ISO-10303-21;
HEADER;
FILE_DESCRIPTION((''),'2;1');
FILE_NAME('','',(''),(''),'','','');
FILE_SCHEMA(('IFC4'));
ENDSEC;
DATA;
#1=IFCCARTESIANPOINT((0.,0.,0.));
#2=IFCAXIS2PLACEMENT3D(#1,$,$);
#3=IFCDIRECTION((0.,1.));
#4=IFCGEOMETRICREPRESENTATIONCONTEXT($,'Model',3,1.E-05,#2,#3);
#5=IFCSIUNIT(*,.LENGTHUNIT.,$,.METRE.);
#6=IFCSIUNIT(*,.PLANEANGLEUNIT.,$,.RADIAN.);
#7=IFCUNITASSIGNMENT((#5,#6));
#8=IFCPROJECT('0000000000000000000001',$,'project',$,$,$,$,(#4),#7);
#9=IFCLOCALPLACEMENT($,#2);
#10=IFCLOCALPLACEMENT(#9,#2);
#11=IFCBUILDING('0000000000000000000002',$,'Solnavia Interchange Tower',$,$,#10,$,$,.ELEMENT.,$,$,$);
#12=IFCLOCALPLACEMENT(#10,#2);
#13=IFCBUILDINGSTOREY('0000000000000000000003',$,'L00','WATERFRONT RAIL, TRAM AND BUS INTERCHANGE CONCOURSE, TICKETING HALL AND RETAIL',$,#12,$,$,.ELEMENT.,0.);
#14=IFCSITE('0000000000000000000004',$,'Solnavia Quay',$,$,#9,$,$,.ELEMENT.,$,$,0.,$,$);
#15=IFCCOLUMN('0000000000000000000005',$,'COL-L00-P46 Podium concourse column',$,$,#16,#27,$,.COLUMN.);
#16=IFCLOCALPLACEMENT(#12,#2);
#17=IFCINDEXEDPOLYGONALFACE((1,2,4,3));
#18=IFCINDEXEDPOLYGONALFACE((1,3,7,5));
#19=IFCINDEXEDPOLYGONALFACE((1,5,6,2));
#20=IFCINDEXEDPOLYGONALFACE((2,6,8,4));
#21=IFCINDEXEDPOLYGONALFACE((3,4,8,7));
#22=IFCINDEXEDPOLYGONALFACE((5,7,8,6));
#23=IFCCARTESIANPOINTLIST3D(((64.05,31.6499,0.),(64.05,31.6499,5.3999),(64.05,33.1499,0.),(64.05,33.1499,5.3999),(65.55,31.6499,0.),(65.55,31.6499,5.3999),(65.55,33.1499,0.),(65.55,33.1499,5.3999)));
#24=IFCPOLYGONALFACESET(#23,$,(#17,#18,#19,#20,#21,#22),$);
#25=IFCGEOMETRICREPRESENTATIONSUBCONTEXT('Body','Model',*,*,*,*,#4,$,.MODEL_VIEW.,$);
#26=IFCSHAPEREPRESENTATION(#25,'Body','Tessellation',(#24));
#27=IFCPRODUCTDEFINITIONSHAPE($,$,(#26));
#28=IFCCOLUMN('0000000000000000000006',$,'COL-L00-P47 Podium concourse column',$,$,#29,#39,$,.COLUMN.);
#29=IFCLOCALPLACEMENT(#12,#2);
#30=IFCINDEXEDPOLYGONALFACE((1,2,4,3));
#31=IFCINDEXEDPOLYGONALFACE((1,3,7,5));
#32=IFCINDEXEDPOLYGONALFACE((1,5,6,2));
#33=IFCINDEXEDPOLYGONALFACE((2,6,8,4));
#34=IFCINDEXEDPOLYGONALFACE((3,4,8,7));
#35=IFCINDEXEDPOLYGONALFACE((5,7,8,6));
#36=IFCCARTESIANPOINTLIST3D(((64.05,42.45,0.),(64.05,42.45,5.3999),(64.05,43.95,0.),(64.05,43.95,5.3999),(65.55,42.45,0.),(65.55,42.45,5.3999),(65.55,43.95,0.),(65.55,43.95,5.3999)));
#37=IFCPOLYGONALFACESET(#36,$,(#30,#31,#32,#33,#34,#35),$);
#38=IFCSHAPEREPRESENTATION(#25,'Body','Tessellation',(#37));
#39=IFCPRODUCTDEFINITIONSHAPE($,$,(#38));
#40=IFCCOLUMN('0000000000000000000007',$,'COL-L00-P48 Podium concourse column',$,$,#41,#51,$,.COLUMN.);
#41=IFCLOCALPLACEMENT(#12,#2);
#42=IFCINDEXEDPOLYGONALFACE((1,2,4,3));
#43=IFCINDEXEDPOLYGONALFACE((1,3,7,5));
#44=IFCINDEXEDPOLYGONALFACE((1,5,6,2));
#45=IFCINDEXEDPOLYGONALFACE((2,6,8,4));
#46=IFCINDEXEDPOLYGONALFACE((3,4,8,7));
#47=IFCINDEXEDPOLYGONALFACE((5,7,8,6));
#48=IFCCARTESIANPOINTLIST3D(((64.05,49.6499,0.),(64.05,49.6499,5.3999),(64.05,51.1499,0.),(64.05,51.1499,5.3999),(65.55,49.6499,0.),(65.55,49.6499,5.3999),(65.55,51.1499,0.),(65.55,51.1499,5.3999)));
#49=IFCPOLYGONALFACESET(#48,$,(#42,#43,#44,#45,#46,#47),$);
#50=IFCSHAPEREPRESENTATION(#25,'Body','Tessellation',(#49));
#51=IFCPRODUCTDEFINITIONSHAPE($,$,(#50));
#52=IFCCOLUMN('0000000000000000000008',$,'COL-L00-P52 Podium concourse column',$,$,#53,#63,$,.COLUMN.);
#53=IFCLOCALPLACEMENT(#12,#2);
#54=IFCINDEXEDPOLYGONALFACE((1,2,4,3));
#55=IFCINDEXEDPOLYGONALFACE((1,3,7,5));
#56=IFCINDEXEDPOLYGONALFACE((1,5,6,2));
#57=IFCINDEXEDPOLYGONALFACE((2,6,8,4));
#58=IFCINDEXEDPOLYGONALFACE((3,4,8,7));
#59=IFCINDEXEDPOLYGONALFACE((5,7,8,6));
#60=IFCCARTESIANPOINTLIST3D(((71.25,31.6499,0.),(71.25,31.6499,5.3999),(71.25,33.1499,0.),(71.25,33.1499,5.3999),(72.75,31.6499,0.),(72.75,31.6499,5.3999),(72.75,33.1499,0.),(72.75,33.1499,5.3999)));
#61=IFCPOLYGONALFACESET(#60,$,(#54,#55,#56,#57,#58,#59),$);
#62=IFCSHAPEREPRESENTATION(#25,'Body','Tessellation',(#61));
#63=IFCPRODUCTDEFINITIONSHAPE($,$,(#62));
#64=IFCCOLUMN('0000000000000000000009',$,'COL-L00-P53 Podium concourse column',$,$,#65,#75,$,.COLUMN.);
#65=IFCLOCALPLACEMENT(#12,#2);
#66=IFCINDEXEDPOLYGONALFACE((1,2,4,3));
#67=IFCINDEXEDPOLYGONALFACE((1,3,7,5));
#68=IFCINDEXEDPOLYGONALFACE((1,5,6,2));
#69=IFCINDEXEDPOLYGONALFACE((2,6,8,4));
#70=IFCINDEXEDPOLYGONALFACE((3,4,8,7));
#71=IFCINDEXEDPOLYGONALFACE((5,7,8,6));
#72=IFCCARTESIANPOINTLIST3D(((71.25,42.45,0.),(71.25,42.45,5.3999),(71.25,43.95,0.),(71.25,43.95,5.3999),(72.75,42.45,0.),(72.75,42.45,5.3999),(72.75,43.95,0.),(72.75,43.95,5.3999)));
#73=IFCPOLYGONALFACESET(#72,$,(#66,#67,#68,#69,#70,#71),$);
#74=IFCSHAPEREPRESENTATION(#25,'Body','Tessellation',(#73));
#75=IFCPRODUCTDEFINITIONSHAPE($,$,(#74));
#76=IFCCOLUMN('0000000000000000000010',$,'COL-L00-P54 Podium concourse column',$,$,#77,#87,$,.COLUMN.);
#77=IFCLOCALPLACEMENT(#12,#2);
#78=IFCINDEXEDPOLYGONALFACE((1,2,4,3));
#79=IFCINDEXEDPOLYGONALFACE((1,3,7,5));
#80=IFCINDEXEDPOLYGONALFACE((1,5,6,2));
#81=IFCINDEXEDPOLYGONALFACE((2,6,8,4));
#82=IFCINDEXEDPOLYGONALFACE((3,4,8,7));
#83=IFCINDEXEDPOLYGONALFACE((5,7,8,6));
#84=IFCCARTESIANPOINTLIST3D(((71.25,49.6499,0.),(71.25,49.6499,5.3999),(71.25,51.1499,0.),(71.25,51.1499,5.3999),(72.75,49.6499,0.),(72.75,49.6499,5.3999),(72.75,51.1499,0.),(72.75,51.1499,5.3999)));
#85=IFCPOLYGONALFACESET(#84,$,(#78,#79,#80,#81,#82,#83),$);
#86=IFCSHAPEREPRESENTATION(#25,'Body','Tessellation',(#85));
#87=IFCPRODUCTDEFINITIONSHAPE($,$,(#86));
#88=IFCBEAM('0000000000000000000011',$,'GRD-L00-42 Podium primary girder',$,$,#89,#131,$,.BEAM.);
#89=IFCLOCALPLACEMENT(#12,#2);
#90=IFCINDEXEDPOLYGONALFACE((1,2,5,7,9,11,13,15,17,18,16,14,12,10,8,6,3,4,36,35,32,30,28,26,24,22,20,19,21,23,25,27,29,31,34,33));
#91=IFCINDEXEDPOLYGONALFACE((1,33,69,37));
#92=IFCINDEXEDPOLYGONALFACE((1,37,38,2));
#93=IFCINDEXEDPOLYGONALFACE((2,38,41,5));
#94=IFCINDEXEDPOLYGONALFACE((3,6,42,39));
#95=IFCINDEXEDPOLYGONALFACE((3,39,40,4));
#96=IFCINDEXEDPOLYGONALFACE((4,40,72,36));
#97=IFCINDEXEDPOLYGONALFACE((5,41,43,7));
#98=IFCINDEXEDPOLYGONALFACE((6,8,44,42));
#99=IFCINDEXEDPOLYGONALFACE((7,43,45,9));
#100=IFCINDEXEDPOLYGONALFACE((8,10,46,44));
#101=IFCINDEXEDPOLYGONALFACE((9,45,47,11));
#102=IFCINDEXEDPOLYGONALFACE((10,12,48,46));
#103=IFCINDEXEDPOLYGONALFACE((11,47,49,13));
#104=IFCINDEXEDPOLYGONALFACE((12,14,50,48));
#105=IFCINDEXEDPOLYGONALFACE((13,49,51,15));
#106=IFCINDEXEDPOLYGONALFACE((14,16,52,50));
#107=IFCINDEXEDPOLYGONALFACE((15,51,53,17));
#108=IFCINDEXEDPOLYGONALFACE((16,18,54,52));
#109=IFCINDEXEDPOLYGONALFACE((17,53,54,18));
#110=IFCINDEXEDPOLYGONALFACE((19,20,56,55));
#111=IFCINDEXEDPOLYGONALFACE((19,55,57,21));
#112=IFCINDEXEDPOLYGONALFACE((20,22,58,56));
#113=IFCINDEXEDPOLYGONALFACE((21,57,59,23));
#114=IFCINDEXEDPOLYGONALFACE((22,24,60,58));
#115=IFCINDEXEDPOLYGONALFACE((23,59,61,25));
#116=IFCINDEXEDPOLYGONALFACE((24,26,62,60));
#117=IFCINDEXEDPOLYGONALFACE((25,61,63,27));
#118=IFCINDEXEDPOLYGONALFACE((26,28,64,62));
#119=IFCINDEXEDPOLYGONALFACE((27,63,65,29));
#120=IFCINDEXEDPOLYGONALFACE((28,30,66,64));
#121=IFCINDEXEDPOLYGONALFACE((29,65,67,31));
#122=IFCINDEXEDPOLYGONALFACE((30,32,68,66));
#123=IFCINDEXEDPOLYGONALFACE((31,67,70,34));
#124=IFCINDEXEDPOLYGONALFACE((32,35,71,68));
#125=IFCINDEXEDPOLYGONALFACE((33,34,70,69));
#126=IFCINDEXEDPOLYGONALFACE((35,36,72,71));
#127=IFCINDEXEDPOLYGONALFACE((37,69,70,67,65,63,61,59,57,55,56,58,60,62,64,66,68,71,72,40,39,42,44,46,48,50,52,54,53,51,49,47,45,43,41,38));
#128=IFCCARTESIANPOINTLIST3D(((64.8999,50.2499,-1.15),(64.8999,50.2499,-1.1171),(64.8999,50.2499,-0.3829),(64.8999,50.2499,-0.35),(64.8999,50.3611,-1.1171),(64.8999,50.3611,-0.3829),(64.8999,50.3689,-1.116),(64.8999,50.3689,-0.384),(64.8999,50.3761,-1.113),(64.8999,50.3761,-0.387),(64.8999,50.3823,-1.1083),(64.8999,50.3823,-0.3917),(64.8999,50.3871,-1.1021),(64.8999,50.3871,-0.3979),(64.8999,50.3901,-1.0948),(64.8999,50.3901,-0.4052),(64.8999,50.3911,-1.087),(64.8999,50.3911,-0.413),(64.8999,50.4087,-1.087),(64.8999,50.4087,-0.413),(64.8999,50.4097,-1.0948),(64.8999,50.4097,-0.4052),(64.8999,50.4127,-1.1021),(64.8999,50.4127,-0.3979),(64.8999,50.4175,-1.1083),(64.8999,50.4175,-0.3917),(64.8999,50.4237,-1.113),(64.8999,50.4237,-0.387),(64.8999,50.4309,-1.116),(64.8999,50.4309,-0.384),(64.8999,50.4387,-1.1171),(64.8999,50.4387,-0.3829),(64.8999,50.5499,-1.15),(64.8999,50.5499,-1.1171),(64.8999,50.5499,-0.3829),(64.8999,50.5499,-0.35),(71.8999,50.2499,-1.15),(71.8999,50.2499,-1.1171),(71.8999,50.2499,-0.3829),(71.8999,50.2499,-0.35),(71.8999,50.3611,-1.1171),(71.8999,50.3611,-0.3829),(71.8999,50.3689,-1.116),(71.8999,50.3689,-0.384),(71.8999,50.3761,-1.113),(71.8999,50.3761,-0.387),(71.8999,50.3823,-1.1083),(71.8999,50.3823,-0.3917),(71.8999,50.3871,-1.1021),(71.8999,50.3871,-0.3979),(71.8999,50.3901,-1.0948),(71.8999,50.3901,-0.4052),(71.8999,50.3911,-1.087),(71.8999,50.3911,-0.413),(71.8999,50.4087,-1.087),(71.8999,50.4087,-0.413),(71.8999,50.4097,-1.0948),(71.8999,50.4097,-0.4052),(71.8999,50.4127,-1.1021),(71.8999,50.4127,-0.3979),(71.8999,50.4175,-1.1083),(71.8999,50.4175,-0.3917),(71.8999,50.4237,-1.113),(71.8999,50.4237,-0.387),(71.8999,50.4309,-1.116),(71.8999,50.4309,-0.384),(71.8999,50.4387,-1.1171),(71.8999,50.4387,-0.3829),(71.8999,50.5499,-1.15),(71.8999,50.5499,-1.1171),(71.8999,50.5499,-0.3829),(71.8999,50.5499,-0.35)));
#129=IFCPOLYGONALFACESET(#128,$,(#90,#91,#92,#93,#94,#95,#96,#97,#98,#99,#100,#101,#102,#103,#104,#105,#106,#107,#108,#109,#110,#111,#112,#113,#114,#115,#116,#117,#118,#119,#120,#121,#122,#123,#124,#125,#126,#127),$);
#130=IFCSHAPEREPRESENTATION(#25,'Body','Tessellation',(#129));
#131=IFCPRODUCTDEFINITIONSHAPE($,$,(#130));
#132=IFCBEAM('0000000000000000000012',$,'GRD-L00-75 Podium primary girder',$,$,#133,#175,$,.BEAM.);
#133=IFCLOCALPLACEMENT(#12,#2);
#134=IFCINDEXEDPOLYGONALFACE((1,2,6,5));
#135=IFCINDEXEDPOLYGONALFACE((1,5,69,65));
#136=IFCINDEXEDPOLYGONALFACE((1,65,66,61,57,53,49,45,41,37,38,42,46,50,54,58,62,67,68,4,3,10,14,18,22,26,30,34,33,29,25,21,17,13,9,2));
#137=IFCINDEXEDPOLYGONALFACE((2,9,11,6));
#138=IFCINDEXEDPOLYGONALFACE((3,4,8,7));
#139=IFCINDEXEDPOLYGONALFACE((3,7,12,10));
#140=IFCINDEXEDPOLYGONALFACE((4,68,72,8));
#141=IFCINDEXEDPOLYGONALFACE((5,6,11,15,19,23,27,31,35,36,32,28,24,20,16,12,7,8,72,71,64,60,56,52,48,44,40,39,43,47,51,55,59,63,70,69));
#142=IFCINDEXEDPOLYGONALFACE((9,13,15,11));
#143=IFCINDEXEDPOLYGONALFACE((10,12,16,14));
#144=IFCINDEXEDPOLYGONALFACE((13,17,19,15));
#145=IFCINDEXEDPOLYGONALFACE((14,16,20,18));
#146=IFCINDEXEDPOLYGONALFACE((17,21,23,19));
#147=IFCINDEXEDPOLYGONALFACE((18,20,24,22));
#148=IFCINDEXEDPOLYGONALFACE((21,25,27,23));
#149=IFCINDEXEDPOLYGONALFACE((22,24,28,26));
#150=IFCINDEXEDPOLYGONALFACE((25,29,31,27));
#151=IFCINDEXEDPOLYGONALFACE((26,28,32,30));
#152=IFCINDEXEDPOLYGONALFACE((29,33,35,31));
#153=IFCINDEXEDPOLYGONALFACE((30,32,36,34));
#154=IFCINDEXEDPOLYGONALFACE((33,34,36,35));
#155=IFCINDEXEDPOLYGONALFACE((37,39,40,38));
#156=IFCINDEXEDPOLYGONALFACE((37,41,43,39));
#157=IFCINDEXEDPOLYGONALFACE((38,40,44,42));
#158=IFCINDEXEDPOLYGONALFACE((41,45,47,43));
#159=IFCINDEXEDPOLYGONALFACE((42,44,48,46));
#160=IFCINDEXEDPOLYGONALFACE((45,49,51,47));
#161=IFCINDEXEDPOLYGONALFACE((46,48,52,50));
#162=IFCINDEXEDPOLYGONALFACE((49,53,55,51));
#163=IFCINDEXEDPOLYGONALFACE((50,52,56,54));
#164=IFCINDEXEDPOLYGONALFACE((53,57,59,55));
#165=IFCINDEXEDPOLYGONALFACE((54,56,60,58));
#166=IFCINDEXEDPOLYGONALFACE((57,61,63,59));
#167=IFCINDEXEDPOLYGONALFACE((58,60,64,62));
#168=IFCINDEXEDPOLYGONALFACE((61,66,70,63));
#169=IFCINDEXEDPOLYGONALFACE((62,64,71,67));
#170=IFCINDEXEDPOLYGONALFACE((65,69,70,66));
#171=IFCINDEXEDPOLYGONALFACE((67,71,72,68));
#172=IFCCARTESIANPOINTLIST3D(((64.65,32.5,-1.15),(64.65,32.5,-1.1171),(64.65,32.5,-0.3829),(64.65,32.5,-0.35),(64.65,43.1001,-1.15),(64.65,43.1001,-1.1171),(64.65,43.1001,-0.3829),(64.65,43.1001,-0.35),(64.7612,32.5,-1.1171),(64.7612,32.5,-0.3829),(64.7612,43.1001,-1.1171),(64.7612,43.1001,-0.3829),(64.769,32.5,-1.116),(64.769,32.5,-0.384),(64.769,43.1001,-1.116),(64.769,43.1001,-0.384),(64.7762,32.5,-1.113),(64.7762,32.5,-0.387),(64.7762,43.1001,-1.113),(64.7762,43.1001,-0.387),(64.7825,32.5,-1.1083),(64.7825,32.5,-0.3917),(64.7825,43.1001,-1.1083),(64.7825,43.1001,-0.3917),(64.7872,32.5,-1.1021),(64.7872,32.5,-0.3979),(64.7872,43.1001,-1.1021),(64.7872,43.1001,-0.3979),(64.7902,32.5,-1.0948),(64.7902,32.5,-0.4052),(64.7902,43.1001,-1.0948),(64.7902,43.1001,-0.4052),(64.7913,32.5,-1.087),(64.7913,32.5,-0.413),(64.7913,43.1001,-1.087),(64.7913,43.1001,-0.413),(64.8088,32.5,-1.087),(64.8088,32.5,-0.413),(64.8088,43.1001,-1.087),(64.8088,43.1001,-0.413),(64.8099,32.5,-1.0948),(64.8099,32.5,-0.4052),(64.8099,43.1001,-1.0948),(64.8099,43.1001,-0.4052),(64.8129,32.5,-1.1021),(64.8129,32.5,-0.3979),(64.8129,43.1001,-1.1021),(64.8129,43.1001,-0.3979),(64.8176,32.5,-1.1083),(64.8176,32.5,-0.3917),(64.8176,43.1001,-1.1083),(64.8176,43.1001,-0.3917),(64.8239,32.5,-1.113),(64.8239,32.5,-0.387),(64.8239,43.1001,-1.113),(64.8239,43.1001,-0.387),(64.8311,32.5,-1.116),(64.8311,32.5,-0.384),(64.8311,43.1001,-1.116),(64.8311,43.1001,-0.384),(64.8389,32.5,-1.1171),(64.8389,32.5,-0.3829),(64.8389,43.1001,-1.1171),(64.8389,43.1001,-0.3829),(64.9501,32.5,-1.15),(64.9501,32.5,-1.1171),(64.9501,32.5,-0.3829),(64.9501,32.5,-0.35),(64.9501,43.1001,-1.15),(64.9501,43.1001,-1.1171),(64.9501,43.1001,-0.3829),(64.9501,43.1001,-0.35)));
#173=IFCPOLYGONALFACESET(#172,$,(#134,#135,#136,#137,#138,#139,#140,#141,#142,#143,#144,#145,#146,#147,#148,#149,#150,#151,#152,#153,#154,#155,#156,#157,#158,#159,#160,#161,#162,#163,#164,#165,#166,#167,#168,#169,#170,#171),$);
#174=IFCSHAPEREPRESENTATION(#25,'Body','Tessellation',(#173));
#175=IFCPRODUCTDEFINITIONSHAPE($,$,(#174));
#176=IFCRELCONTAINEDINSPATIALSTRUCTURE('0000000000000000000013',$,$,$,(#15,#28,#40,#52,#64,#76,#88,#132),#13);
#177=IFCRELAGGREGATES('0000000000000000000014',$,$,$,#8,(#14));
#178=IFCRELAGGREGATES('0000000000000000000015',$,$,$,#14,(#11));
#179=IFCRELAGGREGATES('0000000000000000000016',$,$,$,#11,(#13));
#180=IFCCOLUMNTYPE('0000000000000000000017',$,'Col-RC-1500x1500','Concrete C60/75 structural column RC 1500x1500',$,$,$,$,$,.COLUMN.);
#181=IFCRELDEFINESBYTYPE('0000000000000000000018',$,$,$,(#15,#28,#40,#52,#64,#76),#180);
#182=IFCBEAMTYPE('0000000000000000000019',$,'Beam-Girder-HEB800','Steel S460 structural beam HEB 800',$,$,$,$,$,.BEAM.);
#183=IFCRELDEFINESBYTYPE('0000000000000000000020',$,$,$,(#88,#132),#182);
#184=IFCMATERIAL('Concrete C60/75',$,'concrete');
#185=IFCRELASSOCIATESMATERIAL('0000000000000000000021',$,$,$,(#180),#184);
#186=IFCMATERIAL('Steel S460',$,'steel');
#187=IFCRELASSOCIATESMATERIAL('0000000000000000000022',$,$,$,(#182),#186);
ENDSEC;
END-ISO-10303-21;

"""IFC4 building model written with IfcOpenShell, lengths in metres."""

from ifc_helpers import new_model, si_unit, direction, frame, origin, origin_2d, place, context, subcontext, project, spatial, rectangle, i_section, extrude, material, material_profile, profile_set, type_object, element, save


model = new_model("IFC4")

# Units and contexts
model_context = context("Model", 3, precision=1e-05, world=origin(), true_north=direction((0.0, 1.0)))
body_context = subcontext(model_context, "Body", "Model", "MODEL_VIEW")
ifc_project = project(units=[si_unit("LENGTHUNIT", "METRE"), si_unit("PLANEANGLEUNIT", "RADIAN")], contexts=[model_context])

# Site, building, storey
site_placement = place(None, origin())
site = spatial("IfcSite", under=ifc_project, at=site_placement, Name="Solnavia Quay", CompositionType="ELEMENT", RefElevation=0.0)
building_placement = place(site_placement, origin())
building = spatial("IfcBuilding", under=site, at=building_placement, Name="Solnavia Interchange Tower", CompositionType="ELEMENT")
storey_placement = place(building_placement, origin())
storey = spatial("IfcBuildingStorey", under=building, at=storey_placement, Name="L00", Description="WATERFRONT RAIL, TRAM AND BUS INTERCHANGE CONCOURSE, TICKETING HALL AND RETAIL", CompositionType="ELEMENT", Elevation=0.0)

# Columns
ifc_material_1 = material(Name="Concrete C60/75", Category="concrete")
ifc_material_profile_1 = material_profile(ifc_material_1, rectangle(XDim=1.5, YDim=1.5, at=origin_2d()), Name="RC 1500x1500")
ifc_profile_set_1 = profile_set([ifc_material_profile_1], Name="Concrete C60/75")
column_type = type_object("IfcColumnType", Name="Col-RC-1500x1500", Description="Concrete C60/75 structural column RC 1500x1500", PredefinedType="COLUMN", material=ifc_profile_set_1)
for number, where, z_axis, x_axis, name in (
    (1, (64.8, 32.3999, 0.0), (0.0, 0.0, 1.0), (1.0, 0.0, 0.0), "COL-L00-P46 Podium concourse column"),
    (2, (64.8, 43.2, 0.0), (0.0, 0.0, 1.0), (1.0, 0.0, 0.0), "COL-L00-P47 Podium concourse column"),
    (3, (64.8, 50.3999, 0.0), (0.0, 0.0, 1.0), (1.0, 0.0, 0.0), "COL-L00-P48 Podium concourse column"),
    (4, (72.0, 32.3999, 0.0), (0.0, 0.0, 1.0), (1.0, 0.0, 0.0), "COL-L00-P52 Podium concourse column"),
    (5, (72.0, 43.2, 0.0), (0.0, 0.0, 1.0), (1.0, 0.0, 0.0), "COL-L00-P53 Podium concourse column"),
    (6, (72.0, 50.3999, 0.0), (0.0, 0.0, 1.0), (1.0, 0.0, 0.0), "COL-L00-P54 Podium concourse column"),
):
    element("IfcColumn", number, at=place(storey_placement, frame(where, z_axis=z_axis, x_axis=x_axis)), inside=storey, type_object=column_type, Name=name, PredefinedType="COLUMN", context=body_context, shape_type="SweptSolid", body=[
        extrude(rectangle(XDim=1.5, YDim=1.5, at=origin_2d()), origin(), (0.0, 0.0, 1.0), 5.3999),
    ])

# Beams
ifc_material_2 = material(Name="Steel S460", Category="steel")
ifc_material_profile_2 = material_profile(ifc_material_2, i_section(OverallWidth=0.3, OverallDepth=0.8, WebThickness=0.0176, FlangeThickness=0.033, FilletRadius=0.03, at=origin_2d()), Name="HEB 800")
ifc_profile_set_2 = profile_set([ifc_material_profile_2], Name="Steel S460")
beam_type_1 = type_object("IfcBeamType", Name="Beam-Girder-HEB800", Description="Steel S460 structural beam HEB 800", PredefinedType="BEAM", material=ifc_profile_set_2)
beam_1_placement = place(storey_placement, frame((64.8999, 50.3999, -0.75), z_axis=(1.0, 0.0, 0.0), x_axis=(0.0, 1.0, 0.0)))
element("IfcBeam", 7, at=beam_1_placement, inside=storey, type_object=beam_type_1, Name="GRD-L00-42 Podium primary girder", PredefinedType="BEAM", context=body_context, shape_type="SweptSolid", body=[
    extrude(i_section(OverallWidth=0.3, OverallDepth=0.8, WebThickness=0.0176, FlangeThickness=0.033, FilletRadius=0.03, at=origin_2d()), origin(), (0.0, 0.0, 1.0), 7.0),
])
beam_2_placement = place(storey_placement, frame((64.8, 32.5, -0.75), z_axis=(0.0, 1.0, 0.0), x_axis=(-1.0, 0.0, 0.0)))
element("IfcBeam", 8, at=beam_2_placement, inside=storey, type_object=beam_type_1, Name="GRD-L00-75 Podium primary girder", PredefinedType="BEAM", context=body_context, shape_type="SweptSolid", body=[
    extrude(i_section(OverallWidth=0.3, OverallDepth=0.8, WebThickness=0.0176, FlangeThickness=0.033, FilletRadius=0.03, at=origin_2d()), origin(), (0.0, 0.0, 1.0), 10.6001),
])

save(model, "model.ifc")
